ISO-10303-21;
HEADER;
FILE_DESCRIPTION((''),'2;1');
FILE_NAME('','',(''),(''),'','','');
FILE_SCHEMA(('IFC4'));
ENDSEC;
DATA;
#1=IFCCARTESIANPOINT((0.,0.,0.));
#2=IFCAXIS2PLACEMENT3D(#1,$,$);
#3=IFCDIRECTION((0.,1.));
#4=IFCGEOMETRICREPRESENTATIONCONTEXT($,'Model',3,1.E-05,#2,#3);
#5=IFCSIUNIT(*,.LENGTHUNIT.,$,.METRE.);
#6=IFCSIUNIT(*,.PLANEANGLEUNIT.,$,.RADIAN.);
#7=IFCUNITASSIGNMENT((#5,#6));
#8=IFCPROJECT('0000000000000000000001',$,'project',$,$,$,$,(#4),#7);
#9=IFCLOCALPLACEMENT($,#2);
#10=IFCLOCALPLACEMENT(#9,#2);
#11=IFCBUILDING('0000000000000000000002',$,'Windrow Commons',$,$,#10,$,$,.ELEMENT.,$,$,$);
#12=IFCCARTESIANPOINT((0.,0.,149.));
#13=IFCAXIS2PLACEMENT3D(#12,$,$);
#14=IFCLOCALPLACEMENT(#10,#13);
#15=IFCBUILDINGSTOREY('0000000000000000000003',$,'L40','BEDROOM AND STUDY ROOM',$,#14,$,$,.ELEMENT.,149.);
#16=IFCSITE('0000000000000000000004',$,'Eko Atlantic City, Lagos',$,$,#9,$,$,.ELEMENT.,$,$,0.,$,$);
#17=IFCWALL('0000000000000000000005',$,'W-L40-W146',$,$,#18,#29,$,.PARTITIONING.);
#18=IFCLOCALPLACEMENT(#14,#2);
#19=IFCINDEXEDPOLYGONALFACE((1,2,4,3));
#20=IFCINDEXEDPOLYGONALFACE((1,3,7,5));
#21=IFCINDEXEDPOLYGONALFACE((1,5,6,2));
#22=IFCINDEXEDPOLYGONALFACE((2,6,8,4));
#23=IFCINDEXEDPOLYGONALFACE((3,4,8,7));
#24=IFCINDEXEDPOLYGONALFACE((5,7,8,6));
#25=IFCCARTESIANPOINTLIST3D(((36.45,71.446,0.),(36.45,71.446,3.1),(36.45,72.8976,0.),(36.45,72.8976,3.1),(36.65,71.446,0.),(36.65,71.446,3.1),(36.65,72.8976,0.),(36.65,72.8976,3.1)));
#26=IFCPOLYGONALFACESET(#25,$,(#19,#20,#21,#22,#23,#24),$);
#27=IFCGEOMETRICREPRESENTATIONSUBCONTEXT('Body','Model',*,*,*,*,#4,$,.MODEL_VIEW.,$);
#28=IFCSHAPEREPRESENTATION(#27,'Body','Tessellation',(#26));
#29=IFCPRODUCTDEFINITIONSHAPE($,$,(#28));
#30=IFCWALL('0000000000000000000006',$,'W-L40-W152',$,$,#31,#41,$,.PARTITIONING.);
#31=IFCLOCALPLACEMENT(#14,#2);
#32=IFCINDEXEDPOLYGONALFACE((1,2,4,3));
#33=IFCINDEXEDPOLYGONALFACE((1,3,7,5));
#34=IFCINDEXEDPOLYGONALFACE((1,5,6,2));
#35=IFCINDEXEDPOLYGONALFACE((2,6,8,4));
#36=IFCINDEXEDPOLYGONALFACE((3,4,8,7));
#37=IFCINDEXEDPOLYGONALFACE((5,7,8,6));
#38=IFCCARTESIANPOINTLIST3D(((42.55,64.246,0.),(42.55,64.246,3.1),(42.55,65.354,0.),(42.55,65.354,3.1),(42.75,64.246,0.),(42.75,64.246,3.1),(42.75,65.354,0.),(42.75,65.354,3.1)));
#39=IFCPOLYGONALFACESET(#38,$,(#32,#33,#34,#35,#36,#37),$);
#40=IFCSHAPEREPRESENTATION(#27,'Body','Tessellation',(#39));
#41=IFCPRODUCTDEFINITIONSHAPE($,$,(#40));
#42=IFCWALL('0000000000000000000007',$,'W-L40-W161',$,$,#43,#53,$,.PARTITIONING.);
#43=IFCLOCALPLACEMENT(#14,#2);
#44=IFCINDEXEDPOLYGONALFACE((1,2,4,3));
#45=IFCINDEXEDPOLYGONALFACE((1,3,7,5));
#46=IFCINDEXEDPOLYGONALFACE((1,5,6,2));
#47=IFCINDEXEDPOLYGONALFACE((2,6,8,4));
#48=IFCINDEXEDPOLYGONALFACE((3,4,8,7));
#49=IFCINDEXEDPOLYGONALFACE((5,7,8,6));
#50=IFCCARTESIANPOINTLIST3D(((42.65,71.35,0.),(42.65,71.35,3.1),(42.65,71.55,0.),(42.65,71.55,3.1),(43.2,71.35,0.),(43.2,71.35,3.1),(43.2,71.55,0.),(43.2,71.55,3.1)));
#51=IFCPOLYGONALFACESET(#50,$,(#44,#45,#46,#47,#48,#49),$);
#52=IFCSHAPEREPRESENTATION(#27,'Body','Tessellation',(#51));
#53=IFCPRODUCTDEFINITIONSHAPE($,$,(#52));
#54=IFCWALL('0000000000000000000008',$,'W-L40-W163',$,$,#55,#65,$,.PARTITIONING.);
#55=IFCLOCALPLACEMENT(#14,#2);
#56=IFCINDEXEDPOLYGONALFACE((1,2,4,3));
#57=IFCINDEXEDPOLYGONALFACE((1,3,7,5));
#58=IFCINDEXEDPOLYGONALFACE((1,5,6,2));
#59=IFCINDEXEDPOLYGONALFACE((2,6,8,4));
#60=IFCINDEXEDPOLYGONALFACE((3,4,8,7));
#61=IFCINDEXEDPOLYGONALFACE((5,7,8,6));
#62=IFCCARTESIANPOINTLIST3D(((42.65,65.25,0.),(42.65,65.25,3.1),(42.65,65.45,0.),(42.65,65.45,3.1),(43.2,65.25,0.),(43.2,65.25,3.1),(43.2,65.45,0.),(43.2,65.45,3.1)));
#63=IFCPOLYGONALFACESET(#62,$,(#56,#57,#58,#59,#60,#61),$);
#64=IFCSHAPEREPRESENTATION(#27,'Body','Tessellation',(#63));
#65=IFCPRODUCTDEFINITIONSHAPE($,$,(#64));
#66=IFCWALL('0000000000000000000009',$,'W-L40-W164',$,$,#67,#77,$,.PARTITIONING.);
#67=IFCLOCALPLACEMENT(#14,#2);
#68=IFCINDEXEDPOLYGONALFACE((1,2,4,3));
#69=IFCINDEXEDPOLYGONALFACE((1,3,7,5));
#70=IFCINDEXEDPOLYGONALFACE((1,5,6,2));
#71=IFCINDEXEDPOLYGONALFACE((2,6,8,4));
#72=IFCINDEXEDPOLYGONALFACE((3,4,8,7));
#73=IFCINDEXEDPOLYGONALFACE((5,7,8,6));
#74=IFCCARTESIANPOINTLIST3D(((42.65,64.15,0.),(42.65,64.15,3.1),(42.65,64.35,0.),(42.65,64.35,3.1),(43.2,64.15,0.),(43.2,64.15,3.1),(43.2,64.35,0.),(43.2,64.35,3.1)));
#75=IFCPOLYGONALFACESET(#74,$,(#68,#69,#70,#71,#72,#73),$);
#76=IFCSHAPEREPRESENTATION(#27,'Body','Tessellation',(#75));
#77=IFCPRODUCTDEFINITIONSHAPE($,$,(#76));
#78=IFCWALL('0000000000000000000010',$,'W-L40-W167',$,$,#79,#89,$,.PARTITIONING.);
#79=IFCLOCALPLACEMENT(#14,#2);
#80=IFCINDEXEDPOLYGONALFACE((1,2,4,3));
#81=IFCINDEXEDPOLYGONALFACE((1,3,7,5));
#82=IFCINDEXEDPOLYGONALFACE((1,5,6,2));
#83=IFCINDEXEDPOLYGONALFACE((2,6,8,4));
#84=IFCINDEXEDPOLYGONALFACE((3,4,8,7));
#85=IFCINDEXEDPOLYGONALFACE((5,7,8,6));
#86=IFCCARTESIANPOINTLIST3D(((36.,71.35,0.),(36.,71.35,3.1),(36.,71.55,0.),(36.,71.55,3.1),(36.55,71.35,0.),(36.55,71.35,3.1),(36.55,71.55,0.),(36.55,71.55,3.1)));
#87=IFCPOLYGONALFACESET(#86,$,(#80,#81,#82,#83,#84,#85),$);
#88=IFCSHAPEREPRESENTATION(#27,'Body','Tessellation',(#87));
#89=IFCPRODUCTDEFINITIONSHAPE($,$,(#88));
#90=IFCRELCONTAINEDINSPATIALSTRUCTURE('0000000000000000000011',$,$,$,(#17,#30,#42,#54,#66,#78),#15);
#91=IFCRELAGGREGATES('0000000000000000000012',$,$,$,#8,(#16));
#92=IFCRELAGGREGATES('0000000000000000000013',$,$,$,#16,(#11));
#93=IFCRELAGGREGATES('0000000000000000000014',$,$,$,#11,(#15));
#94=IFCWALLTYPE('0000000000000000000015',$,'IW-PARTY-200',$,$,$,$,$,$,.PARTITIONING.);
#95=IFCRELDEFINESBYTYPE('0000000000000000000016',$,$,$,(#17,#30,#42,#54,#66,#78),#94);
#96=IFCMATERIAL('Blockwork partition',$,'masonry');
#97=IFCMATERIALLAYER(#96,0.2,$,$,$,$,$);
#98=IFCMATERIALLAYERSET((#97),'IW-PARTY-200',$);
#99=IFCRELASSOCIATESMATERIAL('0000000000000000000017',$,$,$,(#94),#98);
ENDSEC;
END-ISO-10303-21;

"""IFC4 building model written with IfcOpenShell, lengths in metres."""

from ifc_helpers import new_model, si_unit, direction, frame, frame_2d, origin, place, context, subcontext, project, spatial, rectangle, extrude, material, layer, layer_set, type_object, element, save


model = new_model("IFC4")

# Units and contexts
model_context = context("Model", 3, precision=1e-05, world=origin(), true_north=direction((0.0, 1.0)))
body_context = subcontext(model_context, "Body", "Model", "MODEL_VIEW")
ifc_project = project(units=[si_unit("LENGTHUNIT", "METRE"), si_unit("PLANEANGLEUNIT", "RADIAN")], contexts=[model_context])

# Site, building, storey
site_placement = place(None, origin())
site = spatial("IfcSite", under=ifc_project, at=site_placement, Name="Eko Atlantic City, Lagos", CompositionType="ELEMENT", RefElevation=0.0)
building_placement = place(site_placement, origin())
building = spatial("IfcBuilding", under=site, at=building_placement, Name="Windrow Commons", CompositionType="ELEMENT")
storey_placement = place(building_placement, frame((0.0, 0.0, 149.0)))
storey = spatial("IfcBuildingStorey", under=building, at=storey_placement, Name="L40", Description="BEDROOM AND STUDY ROOM", CompositionType="ELEMENT", Elevation=149.0)

# Walls
ifc_material_1 = material(Name="Blockwork partition", Category="masonry")
ifc_layer_1 = layer(ifc_material_1, 0.2)
ifc_layer_set_1 = layer_set([ifc_layer_1], Name="IW-PARTY-200")
wall_type_1 = type_object("IfcWallType", Name="IW-PARTY-200", PredefinedType="PARTITIONING", material=ifc_layer_set_1)
wall_1_placement = place(storey_placement, frame((36.55, 71.446, 0.0), z_axis=(0.0, 0.0, 1.0), x_axis=(0.0, 1.0, 0.0)))
element("IfcWall", 1, at=wall_1_placement, inside=storey, type_object=wall_type_1, Name="W-L40-W146", PredefinedType="PARTITIONING", context=body_context, shape_type="SweptSolid", body=[
    extrude(rectangle(XDim=1.4517, YDim=0.2, at=frame_2d((0.7258, 0.0))), origin(), (0.0, 0.0, 1.0), 3.1),
])
wall_2_placement = place(storey_placement, frame((42.65, 64.246, 0.0), z_axis=(0.0, 0.0, 1.0), x_axis=(0.0, 1.0, 0.0)))
element("IfcWall", 2, at=wall_2_placement, inside=storey, type_object=wall_type_1, Name="W-L40-W152", PredefinedType="PARTITIONING", context=body_context, shape_type="SweptSolid", body=[
    extrude(rectangle(XDim=1.108, YDim=0.2, at=frame_2d((0.554, 0.0))), origin(), (0.0, 0.0, 1.0), 3.1),
])
for number, where, z_axis, x_axis, name in (
    (3, (42.65, 71.45, 0.0), (0.0, 0.0, 1.0), (1.0, 0.0, 0.0), "W-L40-W161"),
    (4, (42.65, 65.35, 0.0), (0.0, 0.0, 1.0), (1.0, 0.0, 0.0), "W-L40-W163"),
    (5, (42.65, 64.25, 0.0), (0.0, 0.0, 1.0), (1.0, 0.0, 0.0), "W-L40-W164"),
    (6, (36.0, 71.45, 0.0), (0.0, 0.0, 1.0), (1.0, 0.0, 0.0), "W-L40-W167"),
):
    element("IfcWall", number, at=place(storey_placement, frame(where, z_axis=z_axis, x_axis=x_axis)), inside=storey, type_object=wall_type_1, Name=name, PredefinedType="PARTITIONING", context=body_context, shape_type="SweptSolid", body=[
        extrude(rectangle(XDim=0.55, YDim=0.2, at=frame_2d((0.275, 0.0))), origin(), (0.0, 0.0, 1.0), 3.1),
    ])

save(model, "model.ifc")
